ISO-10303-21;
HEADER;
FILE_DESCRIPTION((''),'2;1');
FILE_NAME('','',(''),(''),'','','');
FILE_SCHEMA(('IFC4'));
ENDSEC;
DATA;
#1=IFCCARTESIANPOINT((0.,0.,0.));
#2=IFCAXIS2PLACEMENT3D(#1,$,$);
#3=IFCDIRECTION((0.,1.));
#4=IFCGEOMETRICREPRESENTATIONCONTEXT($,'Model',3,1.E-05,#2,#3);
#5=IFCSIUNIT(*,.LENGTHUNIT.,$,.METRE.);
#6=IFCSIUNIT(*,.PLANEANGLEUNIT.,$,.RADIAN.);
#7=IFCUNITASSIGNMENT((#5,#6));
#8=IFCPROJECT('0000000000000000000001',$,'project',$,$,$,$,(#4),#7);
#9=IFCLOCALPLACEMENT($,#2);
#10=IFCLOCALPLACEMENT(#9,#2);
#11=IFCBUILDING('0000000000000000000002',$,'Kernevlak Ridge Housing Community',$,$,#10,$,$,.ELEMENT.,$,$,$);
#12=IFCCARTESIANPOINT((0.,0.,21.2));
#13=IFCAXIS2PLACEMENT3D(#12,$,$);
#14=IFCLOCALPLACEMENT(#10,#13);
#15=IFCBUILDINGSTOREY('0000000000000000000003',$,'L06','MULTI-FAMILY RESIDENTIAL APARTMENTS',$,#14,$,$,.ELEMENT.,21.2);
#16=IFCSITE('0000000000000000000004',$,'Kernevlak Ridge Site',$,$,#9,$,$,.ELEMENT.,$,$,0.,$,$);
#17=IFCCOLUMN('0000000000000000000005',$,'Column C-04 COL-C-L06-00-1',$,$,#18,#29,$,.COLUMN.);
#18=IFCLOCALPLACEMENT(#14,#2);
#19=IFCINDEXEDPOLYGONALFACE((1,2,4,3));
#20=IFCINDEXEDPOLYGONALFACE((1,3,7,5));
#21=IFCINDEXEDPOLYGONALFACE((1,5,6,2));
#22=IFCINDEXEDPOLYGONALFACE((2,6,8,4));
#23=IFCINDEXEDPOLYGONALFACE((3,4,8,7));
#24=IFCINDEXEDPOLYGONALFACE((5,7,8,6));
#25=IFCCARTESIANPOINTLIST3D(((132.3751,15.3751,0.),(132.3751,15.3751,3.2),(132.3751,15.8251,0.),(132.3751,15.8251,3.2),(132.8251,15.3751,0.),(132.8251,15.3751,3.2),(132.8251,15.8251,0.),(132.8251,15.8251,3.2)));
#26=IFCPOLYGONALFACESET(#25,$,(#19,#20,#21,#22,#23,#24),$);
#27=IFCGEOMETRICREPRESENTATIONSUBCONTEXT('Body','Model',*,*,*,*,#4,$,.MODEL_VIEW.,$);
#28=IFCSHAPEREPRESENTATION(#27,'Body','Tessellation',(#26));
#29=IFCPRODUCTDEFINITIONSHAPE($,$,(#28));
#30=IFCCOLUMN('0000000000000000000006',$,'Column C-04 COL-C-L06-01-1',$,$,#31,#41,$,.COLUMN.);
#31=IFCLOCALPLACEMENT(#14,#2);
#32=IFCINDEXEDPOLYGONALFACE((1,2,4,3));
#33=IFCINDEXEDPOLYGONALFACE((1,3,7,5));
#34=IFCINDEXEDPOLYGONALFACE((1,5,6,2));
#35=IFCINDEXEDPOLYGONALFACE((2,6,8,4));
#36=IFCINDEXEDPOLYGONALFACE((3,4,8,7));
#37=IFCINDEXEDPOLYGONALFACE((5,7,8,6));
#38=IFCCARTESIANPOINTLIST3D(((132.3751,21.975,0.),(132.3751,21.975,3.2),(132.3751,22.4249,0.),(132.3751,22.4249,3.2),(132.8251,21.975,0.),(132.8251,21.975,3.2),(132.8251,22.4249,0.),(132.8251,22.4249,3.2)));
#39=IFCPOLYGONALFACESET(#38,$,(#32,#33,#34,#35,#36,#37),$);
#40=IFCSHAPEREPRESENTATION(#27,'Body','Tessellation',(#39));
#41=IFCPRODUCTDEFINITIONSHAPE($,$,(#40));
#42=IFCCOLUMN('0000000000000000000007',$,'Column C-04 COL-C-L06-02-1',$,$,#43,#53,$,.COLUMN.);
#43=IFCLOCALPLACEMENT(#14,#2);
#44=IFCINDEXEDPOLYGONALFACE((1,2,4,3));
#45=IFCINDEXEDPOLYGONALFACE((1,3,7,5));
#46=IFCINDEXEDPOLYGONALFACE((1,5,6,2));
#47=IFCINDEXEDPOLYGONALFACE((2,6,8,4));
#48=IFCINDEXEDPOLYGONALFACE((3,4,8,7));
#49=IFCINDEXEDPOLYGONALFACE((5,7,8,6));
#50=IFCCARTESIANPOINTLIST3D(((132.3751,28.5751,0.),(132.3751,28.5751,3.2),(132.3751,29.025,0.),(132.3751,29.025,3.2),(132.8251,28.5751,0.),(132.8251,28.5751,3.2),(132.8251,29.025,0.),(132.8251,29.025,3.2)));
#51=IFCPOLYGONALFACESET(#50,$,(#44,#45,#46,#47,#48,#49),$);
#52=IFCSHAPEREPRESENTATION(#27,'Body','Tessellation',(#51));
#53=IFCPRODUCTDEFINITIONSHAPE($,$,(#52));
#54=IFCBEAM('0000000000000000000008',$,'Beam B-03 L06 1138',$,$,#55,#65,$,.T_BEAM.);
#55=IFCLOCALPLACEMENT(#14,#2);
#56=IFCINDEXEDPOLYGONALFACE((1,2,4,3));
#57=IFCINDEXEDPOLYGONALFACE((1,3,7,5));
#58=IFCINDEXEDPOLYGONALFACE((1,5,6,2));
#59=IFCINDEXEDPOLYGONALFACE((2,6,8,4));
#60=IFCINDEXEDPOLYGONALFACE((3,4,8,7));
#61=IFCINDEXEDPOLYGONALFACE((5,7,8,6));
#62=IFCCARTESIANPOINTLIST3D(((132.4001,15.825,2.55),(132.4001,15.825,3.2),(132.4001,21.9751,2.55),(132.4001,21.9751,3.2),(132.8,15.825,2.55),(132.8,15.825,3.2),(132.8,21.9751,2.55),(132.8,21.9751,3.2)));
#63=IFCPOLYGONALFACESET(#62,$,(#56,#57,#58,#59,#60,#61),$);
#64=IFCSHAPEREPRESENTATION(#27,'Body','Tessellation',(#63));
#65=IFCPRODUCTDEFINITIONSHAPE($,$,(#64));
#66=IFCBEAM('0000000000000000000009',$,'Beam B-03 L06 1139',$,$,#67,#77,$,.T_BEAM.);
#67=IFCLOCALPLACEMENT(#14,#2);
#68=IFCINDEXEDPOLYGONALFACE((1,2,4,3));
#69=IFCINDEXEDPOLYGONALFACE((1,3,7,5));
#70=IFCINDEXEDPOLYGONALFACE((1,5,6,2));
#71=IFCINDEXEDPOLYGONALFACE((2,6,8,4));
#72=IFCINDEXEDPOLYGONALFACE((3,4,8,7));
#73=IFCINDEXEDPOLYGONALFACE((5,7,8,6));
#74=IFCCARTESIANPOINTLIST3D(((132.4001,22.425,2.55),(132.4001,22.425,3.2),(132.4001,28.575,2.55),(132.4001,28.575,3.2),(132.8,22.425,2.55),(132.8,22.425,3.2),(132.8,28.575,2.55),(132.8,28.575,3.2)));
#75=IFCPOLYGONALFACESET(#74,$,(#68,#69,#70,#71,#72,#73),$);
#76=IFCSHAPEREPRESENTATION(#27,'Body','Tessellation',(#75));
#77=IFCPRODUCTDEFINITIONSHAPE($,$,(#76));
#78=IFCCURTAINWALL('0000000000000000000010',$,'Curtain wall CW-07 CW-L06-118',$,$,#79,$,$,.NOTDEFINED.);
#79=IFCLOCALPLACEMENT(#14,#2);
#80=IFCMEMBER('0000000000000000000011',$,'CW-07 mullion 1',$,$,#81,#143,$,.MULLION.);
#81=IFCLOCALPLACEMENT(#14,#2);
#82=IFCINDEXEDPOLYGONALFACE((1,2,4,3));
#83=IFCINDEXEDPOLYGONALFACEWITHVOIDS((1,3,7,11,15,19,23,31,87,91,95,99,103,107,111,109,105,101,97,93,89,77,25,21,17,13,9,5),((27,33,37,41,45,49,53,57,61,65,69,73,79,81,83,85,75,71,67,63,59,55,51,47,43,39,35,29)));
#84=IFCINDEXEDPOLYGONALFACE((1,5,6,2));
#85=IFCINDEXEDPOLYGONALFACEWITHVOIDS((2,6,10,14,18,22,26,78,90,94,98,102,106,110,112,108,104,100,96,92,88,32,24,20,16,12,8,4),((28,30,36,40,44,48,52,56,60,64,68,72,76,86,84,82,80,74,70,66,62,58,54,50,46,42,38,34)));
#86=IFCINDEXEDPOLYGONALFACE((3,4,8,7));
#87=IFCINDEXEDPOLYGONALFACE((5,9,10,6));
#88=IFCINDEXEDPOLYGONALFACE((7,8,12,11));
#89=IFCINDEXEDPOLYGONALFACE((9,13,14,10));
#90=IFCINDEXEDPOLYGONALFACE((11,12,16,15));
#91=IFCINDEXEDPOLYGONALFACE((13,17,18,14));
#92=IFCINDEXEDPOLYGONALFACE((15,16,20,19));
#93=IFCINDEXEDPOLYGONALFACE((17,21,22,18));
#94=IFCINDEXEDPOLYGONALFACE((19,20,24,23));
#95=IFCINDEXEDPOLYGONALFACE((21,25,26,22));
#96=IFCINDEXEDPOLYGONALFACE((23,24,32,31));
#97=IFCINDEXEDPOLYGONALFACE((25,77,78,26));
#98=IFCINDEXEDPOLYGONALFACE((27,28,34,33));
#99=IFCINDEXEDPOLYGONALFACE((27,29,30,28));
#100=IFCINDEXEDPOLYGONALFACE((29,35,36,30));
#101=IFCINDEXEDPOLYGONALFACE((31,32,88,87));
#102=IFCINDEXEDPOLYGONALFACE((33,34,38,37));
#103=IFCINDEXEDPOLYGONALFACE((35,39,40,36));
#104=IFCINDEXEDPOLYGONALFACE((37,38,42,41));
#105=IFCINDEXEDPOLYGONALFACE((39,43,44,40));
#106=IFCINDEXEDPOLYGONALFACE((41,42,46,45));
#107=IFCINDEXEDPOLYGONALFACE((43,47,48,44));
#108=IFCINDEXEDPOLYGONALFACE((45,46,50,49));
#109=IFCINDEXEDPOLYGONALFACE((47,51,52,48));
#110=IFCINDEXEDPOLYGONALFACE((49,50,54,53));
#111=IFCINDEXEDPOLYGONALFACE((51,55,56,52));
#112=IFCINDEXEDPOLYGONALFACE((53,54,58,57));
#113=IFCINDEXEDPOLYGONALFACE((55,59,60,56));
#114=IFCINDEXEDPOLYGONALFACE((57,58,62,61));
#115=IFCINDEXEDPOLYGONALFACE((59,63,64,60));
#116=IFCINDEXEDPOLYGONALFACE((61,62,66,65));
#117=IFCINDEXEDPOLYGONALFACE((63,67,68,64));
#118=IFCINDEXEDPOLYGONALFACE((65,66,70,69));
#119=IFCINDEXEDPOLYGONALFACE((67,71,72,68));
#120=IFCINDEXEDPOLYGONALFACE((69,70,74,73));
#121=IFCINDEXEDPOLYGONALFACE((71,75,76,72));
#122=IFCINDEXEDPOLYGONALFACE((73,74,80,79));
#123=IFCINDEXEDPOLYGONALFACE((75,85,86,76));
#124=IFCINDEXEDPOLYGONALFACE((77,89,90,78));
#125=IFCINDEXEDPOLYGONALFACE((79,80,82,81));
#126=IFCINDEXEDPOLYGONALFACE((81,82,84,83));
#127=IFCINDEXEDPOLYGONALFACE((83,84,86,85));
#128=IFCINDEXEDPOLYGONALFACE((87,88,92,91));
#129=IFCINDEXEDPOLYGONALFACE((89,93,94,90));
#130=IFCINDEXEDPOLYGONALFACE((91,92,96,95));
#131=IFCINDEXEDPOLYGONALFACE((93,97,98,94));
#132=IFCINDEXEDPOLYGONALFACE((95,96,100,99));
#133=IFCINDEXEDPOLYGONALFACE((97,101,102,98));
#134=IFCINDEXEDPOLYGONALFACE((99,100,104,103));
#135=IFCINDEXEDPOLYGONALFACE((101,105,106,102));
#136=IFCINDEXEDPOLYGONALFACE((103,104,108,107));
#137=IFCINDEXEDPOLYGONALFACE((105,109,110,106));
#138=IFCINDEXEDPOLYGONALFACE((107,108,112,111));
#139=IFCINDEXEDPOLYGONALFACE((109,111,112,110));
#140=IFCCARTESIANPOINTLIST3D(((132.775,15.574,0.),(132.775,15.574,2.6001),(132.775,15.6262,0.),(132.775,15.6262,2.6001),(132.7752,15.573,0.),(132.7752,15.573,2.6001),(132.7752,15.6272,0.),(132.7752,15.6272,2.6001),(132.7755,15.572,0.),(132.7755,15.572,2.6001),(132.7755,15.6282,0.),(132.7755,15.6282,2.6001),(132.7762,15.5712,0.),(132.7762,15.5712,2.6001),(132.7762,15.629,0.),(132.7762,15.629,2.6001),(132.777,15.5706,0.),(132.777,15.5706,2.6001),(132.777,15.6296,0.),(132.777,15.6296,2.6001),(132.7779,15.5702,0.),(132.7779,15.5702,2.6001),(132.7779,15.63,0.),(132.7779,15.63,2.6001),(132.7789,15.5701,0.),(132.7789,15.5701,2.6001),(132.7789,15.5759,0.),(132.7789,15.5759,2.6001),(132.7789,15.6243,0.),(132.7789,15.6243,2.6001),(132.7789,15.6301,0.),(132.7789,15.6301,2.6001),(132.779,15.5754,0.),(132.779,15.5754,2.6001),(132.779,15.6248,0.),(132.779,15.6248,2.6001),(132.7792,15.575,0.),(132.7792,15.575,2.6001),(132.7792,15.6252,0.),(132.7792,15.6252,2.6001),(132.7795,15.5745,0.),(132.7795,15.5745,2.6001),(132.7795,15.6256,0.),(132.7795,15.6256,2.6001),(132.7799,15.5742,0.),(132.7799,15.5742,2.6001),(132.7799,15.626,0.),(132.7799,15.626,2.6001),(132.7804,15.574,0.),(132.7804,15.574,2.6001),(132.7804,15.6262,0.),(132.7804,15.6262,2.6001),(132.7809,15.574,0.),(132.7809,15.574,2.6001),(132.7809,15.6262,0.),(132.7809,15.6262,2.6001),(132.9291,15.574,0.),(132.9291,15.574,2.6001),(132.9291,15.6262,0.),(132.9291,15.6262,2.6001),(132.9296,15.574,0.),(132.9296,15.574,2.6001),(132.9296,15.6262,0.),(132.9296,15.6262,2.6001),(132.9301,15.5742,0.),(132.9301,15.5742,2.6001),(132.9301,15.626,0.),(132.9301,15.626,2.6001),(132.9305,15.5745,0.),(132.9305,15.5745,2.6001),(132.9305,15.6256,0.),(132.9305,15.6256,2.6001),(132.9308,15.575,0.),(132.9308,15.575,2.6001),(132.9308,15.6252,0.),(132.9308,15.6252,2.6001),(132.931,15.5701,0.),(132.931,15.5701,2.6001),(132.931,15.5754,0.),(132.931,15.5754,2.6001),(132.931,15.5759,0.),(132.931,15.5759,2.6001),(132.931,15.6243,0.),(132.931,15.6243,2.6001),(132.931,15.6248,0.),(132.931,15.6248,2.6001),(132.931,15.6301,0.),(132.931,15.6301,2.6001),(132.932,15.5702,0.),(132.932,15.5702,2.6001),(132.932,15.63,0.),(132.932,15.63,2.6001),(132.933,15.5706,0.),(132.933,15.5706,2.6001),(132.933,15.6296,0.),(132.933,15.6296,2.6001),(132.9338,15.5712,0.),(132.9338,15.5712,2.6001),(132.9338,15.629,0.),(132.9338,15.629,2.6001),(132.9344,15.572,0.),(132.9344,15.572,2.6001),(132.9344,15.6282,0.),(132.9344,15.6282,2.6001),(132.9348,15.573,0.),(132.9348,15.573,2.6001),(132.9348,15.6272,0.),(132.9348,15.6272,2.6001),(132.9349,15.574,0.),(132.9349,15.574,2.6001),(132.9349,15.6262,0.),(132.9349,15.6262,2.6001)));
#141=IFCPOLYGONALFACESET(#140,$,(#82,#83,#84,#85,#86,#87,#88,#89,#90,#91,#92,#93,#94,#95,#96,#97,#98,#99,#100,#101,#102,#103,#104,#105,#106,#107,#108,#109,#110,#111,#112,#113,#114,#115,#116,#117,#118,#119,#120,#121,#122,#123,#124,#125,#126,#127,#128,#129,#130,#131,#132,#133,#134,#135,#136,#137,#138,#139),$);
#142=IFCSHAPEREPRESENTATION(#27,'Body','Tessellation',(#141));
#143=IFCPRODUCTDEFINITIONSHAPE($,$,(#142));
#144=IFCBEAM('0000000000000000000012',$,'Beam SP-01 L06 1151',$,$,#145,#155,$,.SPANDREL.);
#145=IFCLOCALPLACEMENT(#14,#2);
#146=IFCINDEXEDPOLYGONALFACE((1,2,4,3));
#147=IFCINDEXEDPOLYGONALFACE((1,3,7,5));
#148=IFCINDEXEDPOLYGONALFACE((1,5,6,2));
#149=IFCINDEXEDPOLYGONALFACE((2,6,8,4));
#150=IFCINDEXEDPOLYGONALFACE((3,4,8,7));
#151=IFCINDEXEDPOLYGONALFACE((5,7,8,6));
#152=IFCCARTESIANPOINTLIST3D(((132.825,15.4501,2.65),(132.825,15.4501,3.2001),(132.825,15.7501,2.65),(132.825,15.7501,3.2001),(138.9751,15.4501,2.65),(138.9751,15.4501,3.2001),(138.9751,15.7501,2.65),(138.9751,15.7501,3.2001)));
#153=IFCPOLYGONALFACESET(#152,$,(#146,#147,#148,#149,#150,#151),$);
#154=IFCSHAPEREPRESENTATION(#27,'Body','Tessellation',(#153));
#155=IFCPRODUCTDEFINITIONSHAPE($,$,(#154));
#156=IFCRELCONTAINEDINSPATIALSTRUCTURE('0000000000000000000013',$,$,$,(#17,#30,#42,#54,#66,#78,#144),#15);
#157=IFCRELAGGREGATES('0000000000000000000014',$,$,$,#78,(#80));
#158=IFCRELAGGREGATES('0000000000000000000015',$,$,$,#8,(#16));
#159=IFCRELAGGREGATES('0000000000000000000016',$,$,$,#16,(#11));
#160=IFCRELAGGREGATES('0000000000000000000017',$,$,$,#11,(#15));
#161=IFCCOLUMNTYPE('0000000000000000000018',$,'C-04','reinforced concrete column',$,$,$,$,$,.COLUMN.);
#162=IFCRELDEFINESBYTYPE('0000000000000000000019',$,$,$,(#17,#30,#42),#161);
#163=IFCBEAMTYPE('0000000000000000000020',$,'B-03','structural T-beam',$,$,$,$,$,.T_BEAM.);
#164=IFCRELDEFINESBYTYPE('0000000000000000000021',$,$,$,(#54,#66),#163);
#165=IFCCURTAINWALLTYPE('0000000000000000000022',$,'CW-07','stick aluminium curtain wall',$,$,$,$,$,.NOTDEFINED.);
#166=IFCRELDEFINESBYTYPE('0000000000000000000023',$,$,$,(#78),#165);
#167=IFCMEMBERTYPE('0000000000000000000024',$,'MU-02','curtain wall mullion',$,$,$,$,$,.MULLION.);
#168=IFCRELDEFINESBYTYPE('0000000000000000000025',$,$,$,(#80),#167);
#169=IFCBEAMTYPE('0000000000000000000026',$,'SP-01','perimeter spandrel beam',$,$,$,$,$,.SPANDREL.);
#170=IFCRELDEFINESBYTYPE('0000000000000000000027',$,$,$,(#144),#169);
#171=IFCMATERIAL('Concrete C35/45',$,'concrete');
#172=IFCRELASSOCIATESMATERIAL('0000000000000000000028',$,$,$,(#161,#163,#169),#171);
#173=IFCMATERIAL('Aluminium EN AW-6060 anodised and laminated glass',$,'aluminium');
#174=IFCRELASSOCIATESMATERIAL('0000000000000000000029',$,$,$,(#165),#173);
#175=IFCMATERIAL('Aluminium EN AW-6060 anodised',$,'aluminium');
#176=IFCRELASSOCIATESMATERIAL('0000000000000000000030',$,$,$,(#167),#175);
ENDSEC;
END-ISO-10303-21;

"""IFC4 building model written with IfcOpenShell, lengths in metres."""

from ifc_helpers import new_model, si_unit, direction, frame, origin, origin_2d, place, context, subcontext, project, spatial, rectangle, hollow_rectangle, extrude, material, material_profile, profile_set, type_object, element, aggregate, save


model = new_model("IFC4")

# Units and contexts
model_context = context("Model", 3, precision=1e-05, world=origin(), true_north=direction((0.0, 1.0)))
body_context = subcontext(model_context, "Body", "Model", "MODEL_VIEW")
ifc_project = project(units=[si_unit("LENGTHUNIT", "METRE"), si_unit("PLANEANGLEUNIT", "RADIAN")], contexts=[model_context])

# Site, building, storey
site_placement = place(None, origin())
site = spatial("IfcSite", under=ifc_project, at=site_placement, Name="Kernevlak Ridge Site", CompositionType="ELEMENT", RefElevation=0.0)
building_placement = place(site_placement, origin())
building = spatial("IfcBuilding", under=site, at=building_placement, Name="Kernevlak Ridge Housing Community", CompositionType="ELEMENT")
storey_placement = place(building_placement, frame((0.0, 0.0, 21.2)))
storey = spatial("IfcBuildingStorey", under=building, at=storey_placement, Name="L06", Description="MULTI-FAMILY RESIDENTIAL APARTMENTS", CompositionType="ELEMENT", Elevation=21.2)

# Columns
ifc_material_1 = material(Name="Concrete C35/45", Category="concrete")
ifc_material_profile_1 = material_profile(ifc_material_1, rectangle(XDim=0.45, YDim=0.45, at=origin_2d()), Name="RC 450x450")
ifc_profile_set_1 = profile_set([ifc_material_profile_1], Name="Concrete C35/45")
column_type = type_object("IfcColumnType", Name="C-04", Description="reinforced concrete column", PredefinedType="COLUMN", material=ifc_profile_set_1)
for number, where, z_axis, x_axis, name in (
    (1, (132.6001, 15.6001, 0.0), (0.0, 0.0, 1.0), (1.0, 0.0, 0.0), "Column C-04 COL-C-L06-00-1"),
    (2, (132.6001, 22.2, 0.0), (0.0, 0.0, 1.0), (1.0, 0.0, 0.0), "Column C-04 COL-C-L06-01-1"),
    (3, (132.6001, 28.8, 0.0), (0.0, 0.0, 1.0), (1.0, 0.0, 0.0), "Column C-04 COL-C-L06-02-1"),
):
    element("IfcColumn", number, at=place(storey_placement, frame(where, z_axis=z_axis, x_axis=x_axis)), inside=storey, type_object=column_type, Name=name, PredefinedType="COLUMN", context=body_context, shape_type="SweptSolid", body=[
        extrude(rectangle(XDim=0.45, YDim=0.45, at=origin_2d()), origin(), (0.0, 0.0, 1.0), 3.2),
    ])

# Beams
ifc_material_profile_2 = material_profile(ifc_material_1, rectangle(XDim=0.3999, YDim=0.6499, at=origin_2d()), Name="RC 400x650")
ifc_profile_set_2 = profile_set([ifc_material_profile_2], Name="Concrete C35/45")
beam_type_1 = type_object("IfcBeamType", Name="B-03", Description="structural T-beam", PredefinedType="T_BEAM", material=ifc_profile_set_2)
beam_1_placement = place(storey_placement, frame((132.6001, 15.825, 2.875), z_axis=(0.0, 1.0, 0.0), x_axis=(-1.0, 0.0, 0.0)))
element("IfcBeam", 4, at=beam_1_placement, inside=storey, type_object=beam_type_1, Name="Beam B-03 L06 1138", PredefinedType="T_BEAM", context=body_context, shape_type="SweptSolid", body=[
    extrude(rectangle(XDim=0.3999, YDim=0.6499, at=origin_2d()), origin(), (0.0, 0.0, 1.0), 6.1501),
])
beam_2_placement = place(storey_placement, frame((132.6001, 22.425, 2.875), z_axis=(0.0, 1.0, 0.0), x_axis=(-1.0, 0.0, 0.0)))
element("IfcBeam", 5, at=beam_2_placement, inside=storey, type_object=beam_type_1, Name="Beam B-03 L06 1139", PredefinedType="T_BEAM", context=body_context, shape_type="SweptSolid", body=[
    extrude(rectangle(XDim=0.3999, YDim=0.6499, at=origin_2d()), origin(), (0.0, 0.0, 1.0), 6.1499),
])

# Curtain wall, member
ifc_material_2 = material(Name="Aluminium EN AW-6060 anodised and laminated glass", Category="aluminium")
curtain_wall_type = type_object("IfcCurtainWallType", Name="CW-07", Description="stick aluminium curtain wall", PredefinedType="NOTDEFINED", material=ifc_material_2)
curtain_wall_placement = place(storey_placement, origin())
curtain_wall = element("IfcCurtainWall", 6, at=curtain_wall_placement, inside=storey, type_object=curtain_wall_type, Name="Curtain wall CW-07 CW-L06-118", PredefinedType="NOTDEFINED")
ifc_material_3 = material(Name="Aluminium EN AW-6060 anodised", Category="aluminium")
ifc_material_profile_3 = material_profile(ifc_material_3, hollow_rectangle(XDim=0.0601, YDim=0.1599, WallThickness=0.0039, InnerFilletRadius=0.002, OuterFilletRadius=0.0039, at=origin_2d()), Name="ALU 60x160x4")
ifc_profile_set_3 = profile_set([ifc_material_profile_3], Name="Aluminium EN AW-6060 anodised")
member_type_1 = type_object("IfcMemberType", Name="MU-02", Description="curtain wall mullion", PredefinedType="MULLION", material=ifc_profile_set_3)
member_1_placement = place(storey_placement, frame((132.855, 15.6001, 0.0), z_axis=(0.0, 0.0, 1.0), x_axis=(0.0, 1.0, 0.0)))
member_1 = element("IfcMember", 7, at=member_1_placement, type_object=member_type_1, Name="CW-07 mullion 1", PredefinedType="MULLION", context=body_context, shape_type="SweptSolid", body=[
    extrude(hollow_rectangle(XDim=0.0601, YDim=0.1599, WallThickness=0.0039, InnerFilletRadius=0.002, OuterFilletRadius=0.0039, at=origin_2d()), origin(), (0.0, 0.0, 1.0), 2.6001),
])

# Beam
ifc_material_profile_4 = material_profile(ifc_material_1, rectangle(XDim=0.3, YDim=0.55, at=origin_2d()), Name="RC 300x550")
ifc_profile_set_4 = profile_set([ifc_material_profile_4], Name="Concrete C35/45")
beam_type_2 = type_object("IfcBeamType", Name="SP-01", Description="perimeter spandrel beam", PredefinedType="SPANDREL", material=ifc_profile_set_4)
beam_3_placement = place(storey_placement, frame((132.825, 15.6001, 2.925), z_axis=(1.0, 0.0, 0.0), x_axis=(0.0, 1.0, 0.0)))
element("IfcBeam", 8, at=beam_3_placement, inside=storey, type_object=beam_type_2, Name="Beam SP-01 L06 1151", PredefinedType="SPANDREL", context=body_context, shape_type="SweptSolid", body=[
    extrude(rectangle(XDim=0.3, YDim=0.55, at=origin_2d()), origin(), (0.0, 0.0, 1.0), 6.1501),
])

aggregate(curtain_wall, [member_1])

save(model, "model.ifc")
